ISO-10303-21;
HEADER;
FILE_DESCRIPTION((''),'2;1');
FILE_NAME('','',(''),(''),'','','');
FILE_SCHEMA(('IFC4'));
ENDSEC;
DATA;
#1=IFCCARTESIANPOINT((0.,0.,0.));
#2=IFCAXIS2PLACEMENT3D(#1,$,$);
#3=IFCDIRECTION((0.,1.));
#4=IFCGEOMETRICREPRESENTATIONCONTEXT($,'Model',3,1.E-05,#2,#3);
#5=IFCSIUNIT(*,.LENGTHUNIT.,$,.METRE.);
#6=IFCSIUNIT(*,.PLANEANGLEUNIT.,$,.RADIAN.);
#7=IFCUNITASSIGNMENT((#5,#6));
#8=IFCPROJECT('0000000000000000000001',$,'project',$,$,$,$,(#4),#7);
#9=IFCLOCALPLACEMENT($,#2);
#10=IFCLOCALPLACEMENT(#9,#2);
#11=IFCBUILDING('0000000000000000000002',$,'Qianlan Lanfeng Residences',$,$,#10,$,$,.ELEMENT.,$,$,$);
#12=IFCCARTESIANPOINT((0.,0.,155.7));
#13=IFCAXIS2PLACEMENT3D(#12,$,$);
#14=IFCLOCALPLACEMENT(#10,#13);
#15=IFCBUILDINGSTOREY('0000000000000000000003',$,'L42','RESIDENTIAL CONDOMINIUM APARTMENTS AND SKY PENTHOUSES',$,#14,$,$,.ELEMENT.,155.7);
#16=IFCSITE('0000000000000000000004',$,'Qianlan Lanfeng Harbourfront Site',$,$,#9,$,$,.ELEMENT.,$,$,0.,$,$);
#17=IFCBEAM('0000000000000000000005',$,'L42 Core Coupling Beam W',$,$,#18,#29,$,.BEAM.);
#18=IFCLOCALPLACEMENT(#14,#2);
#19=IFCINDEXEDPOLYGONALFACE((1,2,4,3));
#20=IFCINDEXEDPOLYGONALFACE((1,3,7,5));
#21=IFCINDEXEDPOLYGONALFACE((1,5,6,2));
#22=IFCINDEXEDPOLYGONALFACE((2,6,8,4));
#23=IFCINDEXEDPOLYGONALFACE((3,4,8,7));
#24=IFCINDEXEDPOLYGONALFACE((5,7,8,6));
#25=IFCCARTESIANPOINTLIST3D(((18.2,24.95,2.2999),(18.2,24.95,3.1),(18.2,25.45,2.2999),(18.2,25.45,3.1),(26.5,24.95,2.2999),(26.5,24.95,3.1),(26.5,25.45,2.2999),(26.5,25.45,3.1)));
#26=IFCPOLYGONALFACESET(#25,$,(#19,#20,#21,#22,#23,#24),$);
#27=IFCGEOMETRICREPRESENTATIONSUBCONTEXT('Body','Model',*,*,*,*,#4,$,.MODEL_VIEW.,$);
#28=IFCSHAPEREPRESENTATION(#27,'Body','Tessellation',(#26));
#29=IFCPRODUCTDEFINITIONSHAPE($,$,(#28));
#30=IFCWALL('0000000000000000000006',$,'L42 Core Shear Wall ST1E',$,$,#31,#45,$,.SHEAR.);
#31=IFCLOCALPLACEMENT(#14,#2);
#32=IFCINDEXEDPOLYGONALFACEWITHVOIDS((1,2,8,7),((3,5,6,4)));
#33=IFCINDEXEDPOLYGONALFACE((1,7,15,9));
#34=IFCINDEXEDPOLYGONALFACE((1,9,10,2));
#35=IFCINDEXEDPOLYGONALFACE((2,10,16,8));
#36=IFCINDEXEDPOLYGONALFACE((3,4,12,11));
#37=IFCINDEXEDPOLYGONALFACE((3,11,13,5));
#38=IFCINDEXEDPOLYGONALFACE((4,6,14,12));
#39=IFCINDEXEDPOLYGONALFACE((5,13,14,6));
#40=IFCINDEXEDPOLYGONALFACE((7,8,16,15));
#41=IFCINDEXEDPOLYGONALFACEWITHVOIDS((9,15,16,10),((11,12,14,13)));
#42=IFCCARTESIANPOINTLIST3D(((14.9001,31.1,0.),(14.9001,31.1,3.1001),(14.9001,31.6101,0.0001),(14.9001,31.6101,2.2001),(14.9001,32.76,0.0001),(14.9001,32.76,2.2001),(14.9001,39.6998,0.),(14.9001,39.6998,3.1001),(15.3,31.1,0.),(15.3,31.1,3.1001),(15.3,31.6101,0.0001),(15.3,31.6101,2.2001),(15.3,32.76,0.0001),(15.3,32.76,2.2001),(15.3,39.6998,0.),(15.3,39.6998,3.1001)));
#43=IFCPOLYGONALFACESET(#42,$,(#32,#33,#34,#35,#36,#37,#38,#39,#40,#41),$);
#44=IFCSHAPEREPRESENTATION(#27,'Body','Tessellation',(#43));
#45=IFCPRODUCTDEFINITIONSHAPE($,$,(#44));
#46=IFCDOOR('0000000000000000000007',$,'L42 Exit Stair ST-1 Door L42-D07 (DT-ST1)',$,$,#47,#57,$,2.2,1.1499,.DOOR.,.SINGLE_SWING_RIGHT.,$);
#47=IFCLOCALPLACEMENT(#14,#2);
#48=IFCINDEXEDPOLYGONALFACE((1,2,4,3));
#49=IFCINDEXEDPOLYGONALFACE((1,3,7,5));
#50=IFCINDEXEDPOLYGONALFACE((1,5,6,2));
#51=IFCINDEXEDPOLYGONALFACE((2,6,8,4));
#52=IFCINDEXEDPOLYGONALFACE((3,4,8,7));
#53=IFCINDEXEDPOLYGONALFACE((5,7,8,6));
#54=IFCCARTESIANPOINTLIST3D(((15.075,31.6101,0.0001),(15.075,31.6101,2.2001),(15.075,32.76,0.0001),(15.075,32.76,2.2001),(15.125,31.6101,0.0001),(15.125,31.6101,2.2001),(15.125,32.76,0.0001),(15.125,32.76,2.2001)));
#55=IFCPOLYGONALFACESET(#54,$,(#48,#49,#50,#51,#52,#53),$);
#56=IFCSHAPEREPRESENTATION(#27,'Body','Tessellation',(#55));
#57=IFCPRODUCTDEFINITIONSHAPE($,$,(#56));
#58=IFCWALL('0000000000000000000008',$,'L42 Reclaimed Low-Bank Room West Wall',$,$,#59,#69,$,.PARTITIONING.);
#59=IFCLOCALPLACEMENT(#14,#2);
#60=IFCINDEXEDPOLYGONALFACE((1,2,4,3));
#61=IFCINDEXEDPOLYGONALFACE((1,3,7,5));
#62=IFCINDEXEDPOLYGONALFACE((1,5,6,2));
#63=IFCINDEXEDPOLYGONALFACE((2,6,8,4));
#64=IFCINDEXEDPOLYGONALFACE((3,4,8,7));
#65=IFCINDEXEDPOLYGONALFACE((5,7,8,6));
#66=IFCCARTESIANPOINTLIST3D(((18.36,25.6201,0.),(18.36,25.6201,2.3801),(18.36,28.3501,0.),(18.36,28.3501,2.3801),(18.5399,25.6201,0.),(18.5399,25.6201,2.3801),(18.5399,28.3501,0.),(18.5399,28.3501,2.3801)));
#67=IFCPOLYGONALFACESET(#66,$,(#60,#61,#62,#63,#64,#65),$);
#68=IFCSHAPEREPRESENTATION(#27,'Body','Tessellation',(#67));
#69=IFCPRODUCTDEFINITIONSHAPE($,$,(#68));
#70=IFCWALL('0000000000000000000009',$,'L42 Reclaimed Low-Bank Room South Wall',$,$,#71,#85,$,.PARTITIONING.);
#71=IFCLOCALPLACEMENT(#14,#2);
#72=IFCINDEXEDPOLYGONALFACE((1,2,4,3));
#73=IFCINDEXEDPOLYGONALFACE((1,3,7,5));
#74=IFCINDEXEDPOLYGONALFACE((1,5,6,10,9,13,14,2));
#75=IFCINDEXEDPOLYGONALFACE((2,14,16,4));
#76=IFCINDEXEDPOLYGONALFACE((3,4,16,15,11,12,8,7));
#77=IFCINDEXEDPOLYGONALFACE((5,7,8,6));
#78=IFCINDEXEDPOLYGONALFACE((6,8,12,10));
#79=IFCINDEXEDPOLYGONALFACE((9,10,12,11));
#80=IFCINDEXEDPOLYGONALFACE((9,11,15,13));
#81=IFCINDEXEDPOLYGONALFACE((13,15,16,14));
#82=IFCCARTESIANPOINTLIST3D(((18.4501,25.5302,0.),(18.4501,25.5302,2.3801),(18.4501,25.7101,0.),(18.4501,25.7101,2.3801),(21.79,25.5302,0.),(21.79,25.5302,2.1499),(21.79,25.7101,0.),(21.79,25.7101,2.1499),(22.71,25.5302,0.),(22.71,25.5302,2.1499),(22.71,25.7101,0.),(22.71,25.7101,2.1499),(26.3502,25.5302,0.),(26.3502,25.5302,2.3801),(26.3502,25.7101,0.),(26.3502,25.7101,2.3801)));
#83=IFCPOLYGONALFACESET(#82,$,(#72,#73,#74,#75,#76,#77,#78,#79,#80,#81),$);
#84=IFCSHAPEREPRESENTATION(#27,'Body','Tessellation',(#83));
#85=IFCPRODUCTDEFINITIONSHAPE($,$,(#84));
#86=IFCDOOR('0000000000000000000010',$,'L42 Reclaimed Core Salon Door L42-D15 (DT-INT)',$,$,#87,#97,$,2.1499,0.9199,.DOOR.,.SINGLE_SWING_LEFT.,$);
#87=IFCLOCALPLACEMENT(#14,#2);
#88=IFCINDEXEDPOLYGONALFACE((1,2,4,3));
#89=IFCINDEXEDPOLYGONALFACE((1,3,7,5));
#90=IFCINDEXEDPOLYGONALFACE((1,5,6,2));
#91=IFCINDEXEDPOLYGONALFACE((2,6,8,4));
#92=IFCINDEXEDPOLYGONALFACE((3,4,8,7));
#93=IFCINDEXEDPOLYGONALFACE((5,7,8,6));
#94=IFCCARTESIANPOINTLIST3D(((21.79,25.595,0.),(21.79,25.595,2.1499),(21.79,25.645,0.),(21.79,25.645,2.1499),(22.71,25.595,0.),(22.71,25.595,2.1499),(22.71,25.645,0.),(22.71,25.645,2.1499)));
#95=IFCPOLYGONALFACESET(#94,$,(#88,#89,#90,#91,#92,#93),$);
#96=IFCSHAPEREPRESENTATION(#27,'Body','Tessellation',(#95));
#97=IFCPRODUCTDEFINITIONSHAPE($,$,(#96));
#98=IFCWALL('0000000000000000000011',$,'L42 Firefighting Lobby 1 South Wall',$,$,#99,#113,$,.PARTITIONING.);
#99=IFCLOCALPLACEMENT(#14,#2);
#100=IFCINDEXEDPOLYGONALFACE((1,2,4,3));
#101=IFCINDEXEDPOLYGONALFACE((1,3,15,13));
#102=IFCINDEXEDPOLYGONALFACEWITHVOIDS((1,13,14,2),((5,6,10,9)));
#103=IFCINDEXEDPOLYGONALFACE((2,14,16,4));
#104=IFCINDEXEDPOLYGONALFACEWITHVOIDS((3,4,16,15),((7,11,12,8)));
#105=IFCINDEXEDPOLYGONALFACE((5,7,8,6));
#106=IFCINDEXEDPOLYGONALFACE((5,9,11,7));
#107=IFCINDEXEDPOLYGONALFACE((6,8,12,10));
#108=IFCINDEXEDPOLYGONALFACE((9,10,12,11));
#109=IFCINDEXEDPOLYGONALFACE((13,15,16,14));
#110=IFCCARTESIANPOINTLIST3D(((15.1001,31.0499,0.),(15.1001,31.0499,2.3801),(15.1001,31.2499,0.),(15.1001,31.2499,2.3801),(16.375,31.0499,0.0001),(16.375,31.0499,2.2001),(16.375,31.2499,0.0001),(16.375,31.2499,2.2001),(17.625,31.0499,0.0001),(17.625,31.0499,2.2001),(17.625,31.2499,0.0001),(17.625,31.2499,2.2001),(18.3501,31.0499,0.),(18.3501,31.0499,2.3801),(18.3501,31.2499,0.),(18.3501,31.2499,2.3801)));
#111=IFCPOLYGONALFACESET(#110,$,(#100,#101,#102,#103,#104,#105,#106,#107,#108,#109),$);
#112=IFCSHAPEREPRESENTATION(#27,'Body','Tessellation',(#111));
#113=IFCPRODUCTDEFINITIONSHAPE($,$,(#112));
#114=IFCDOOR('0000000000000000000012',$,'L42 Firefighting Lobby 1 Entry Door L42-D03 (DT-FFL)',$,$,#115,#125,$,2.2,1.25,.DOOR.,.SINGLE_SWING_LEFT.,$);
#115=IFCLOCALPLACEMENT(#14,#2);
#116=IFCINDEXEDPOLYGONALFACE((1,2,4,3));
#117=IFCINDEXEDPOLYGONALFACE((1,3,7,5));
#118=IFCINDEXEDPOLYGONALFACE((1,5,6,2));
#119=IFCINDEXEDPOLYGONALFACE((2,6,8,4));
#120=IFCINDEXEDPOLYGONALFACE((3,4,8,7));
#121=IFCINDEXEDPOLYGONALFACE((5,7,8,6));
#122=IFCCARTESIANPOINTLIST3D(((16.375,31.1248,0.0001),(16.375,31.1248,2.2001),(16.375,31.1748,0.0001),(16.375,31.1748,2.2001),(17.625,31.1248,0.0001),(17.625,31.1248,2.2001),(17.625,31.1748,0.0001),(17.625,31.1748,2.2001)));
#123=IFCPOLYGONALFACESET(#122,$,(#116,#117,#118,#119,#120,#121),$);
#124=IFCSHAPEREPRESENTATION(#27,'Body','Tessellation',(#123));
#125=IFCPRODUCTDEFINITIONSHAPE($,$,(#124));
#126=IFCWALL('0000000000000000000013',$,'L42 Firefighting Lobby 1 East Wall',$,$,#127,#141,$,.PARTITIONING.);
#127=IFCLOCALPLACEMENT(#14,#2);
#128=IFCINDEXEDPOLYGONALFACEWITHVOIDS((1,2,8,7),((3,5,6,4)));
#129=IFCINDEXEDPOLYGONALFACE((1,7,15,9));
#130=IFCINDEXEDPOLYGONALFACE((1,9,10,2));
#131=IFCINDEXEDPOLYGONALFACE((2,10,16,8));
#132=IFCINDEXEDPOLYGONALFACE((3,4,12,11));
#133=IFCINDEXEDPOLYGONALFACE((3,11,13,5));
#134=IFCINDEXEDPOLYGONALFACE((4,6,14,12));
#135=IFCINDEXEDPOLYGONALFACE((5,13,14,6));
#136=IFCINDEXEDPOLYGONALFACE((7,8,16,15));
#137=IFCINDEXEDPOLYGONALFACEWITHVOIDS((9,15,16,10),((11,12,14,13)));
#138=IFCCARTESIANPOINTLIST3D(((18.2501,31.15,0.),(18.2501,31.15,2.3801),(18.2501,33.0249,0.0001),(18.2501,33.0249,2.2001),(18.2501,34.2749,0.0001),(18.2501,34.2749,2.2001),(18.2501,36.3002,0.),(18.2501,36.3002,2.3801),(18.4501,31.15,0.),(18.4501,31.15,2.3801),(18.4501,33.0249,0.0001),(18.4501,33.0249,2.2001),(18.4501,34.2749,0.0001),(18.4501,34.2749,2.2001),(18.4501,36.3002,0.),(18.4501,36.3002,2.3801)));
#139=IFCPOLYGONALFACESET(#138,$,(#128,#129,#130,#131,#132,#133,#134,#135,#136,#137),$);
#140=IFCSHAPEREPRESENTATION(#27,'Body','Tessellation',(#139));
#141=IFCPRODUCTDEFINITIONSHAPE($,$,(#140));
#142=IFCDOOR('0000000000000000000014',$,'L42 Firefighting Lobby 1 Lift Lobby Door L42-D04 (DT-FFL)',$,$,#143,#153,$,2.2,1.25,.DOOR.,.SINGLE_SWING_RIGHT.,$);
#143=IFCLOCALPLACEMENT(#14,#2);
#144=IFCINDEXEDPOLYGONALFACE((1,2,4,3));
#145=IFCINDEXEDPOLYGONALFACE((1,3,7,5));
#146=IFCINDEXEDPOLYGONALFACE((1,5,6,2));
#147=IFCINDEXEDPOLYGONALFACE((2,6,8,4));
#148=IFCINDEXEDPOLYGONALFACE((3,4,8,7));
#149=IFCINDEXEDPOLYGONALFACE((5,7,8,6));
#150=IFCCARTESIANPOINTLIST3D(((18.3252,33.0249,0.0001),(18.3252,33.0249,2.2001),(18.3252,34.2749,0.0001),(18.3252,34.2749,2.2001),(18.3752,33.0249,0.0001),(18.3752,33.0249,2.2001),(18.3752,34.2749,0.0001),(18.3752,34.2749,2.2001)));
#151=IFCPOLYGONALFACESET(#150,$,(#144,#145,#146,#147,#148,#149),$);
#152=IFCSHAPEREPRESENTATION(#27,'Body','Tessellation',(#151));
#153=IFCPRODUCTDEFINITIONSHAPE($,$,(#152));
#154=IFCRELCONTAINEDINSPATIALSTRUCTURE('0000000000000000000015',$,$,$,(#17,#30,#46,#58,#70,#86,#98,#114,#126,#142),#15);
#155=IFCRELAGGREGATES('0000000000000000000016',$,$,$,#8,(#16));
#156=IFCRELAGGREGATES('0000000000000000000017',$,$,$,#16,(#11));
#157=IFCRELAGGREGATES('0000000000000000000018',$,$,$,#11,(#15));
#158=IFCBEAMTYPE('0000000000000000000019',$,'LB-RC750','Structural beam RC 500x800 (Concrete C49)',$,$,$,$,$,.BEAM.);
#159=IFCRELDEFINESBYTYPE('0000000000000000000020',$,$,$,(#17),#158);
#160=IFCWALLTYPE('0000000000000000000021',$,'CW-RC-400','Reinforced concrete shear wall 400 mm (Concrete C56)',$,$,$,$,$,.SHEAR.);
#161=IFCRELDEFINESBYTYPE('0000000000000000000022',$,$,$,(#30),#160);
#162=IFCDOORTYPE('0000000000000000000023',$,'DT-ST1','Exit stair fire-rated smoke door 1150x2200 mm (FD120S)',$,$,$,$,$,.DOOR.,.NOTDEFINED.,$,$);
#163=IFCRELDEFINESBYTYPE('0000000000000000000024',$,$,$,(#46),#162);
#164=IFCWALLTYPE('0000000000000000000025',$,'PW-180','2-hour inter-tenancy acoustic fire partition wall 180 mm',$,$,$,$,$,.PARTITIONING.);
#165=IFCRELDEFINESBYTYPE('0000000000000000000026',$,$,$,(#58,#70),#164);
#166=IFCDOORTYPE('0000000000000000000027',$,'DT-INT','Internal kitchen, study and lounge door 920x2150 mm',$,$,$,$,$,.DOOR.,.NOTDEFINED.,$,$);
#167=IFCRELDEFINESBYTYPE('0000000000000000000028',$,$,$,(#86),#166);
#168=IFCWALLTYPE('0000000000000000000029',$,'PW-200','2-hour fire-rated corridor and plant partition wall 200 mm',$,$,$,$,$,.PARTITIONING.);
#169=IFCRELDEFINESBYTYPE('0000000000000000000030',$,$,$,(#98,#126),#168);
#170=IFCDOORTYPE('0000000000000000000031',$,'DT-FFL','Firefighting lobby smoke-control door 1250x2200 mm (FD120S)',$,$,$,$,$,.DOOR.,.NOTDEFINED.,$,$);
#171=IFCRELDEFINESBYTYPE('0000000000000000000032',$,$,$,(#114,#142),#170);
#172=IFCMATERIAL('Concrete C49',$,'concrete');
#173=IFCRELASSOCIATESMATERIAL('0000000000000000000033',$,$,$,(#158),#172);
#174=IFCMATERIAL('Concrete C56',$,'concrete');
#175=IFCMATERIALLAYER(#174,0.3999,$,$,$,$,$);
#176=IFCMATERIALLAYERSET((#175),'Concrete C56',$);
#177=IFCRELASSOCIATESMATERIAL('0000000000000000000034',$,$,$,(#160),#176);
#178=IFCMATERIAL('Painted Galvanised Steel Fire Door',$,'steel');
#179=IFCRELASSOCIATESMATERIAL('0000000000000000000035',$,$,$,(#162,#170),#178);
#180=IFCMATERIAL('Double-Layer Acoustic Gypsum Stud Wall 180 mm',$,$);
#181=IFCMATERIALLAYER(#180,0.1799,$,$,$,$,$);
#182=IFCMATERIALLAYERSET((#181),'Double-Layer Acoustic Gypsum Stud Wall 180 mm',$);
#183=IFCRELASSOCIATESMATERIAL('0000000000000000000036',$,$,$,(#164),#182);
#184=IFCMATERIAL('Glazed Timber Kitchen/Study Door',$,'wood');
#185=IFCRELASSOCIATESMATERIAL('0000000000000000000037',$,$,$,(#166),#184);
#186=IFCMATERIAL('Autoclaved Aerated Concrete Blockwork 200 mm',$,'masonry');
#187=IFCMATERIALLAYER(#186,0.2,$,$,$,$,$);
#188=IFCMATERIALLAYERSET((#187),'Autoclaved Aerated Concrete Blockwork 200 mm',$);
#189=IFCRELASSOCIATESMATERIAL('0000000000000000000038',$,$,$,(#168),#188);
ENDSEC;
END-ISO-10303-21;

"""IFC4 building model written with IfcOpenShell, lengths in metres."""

from ifc_helpers import new_model, si_unit, direction, frame, frame_2d, origin, origin_2d, place, context, subcontext, project, spatial, rectangle, extrude, material, layer, layer_set, material_profile, profile_set, type_object, element, fill, save


model = new_model("IFC4")

# Units and contexts
model_context = context("Model", 3, precision=1e-05, world=origin(), true_north=direction((0.0, 1.0)))
body_context = subcontext(model_context, "Body", "Model", "MODEL_VIEW")
ifc_project = project(units=[si_unit("LENGTHUNIT", "METRE"), si_unit("PLANEANGLEUNIT", "RADIAN")], contexts=[model_context])

# Site, building, storey
site_placement = place(None, origin())
site = spatial("IfcSite", under=ifc_project, at=site_placement, Name="Qianlan Lanfeng Harbourfront Site", CompositionType="ELEMENT", RefElevation=0.0)
building_placement = place(site_placement, origin())
building = spatial("IfcBuilding", under=site, at=building_placement, Name="Qianlan Lanfeng Residences", CompositionType="ELEMENT")
storey_placement = place(building_placement, frame((0.0, 0.0, 155.7)))
storey = spatial("IfcBuildingStorey", under=building, at=storey_placement, Name="L42", Description="RESIDENTIAL CONDOMINIUM APARTMENTS AND SKY PENTHOUSES", CompositionType="ELEMENT", Elevation=155.7)

# Beam
ifc_material_1 = material(Name="Concrete C49", Category="concrete")
ifc_material_profile = material_profile(ifc_material_1, rectangle(XDim=0.5, YDim=0.8, at=origin_2d()), Name="RC 500x800")
ifc_profile_set = profile_set([ifc_material_profile], Name="Concrete C49")
beam_type = type_object("IfcBeamType", Name="LB-RC750", Description="Structural beam RC 500x800 (Concrete C49)", PredefinedType="BEAM", material=ifc_profile_set)
beam_placement = place(storey_placement, frame((18.2, 25.2, 2.7), z_axis=(1.0, 0.0, 0.0), x_axis=(0.0, 1.0, 0.0)))
element("IfcBeam", 1, at=beam_placement, inside=storey, type_object=beam_type, Name="L42 Core Coupling Beam W", PredefinedType="BEAM", context=body_context, shape_type="SweptSolid", body=[
    extrude(rectangle(XDim=0.5, YDim=0.8, at=origin_2d()), origin(), (0.0, 0.0, 1.0), 8.3),
])

# Wall, opening, door
ifc_material_2 = material(Name="Concrete C56", Category="concrete")
ifc_layer_1 = layer(ifc_material_2, 0.3999)
ifc_layer_set_1 = layer_set([ifc_layer_1], Name="Concrete C56")
wall_type_1 = type_object("IfcWallType", Name="CW-RC-400", Description="Reinforced concrete shear wall 400 mm (Concrete C56)", PredefinedType="SHEAR", material=ifc_layer_set_1)
wall_1_placement = place(storey_placement, frame((15.1001, 31.1001, 0.0), z_axis=(0.0, 0.0, 1.0), x_axis=(0.0, 1.0, 0.0)))
wall_1 = element("IfcWall", 2, at=wall_1_placement, inside=storey, type_object=wall_type_1, Name="L42 Core Shear Wall ST1E", PredefinedType="SHEAR", context=body_context, shape_type="SweptSolid", body=[
    extrude(rectangle(XDim=8.5999, YDim=0.3999, at=frame_2d((4.2998, 0.0))), origin(), (0.0, 0.0, 1.0), 3.1001),
])
opening_1_placement = place(wall_1_placement, frame((0.51, 0.0, 0.0)))
opening_1 = element("IfcOpeningElement", 3, at=opening_1_placement, cuts=wall_1, PredefinedType="OPENING", context=body_context, shape_type="SweptSolid", body=[
    extrude(rectangle(XDim=1.1499, YDim=2.2, at=frame_2d((0.575, 1.1001))), frame((0.0, 0.21, 0.0), z_axis=(0.0, -1.0, 0.0), x_axis=(1.0, 0.0, 0.0)), (0.0, 0.0, 1.0), 0.4199),
])
ifc_material_3 = material(Name="Painted Galvanised Steel Fire Door", Category="steel")
door_type_1 = type_object("IfcDoorType", Name="DT-ST1", Description="Exit stair fire-rated smoke door 1150x2200 mm (FD120S)", OperationType="NOTDEFINED", PredefinedType="DOOR", material=ifc_material_3)
door_1_placement = place(opening_1_placement, frame((1.1499, 0.0, 0.0), z_axis=(0.0, 0.0, 1.0), x_axis=(-1.0, 0.0, 0.0)))
door_1 = element("IfcDoor", 4, at=door_1_placement, inside=storey, type_object=door_type_1, Name="L42 Exit Stair ST-1 Door L42-D07 (DT-ST1)", OperationType="SINGLE_SWING_RIGHT", OverallHeight=2.2, OverallWidth=1.1499, PredefinedType="DOOR", context=body_context, shape_type="SweptSolid", body=[
    extrude(rectangle(XDim=1.1499, YDim=2.2, at=frame_2d((0.575, 1.1001))), frame((0.0, 0.0249, 0.0), z_axis=(0.0, -1.0, 0.0), x_axis=(1.0, 0.0, 0.0)), (0.0, 0.0, 1.0), 0.05),
])
fill(opening_1, door_1)

# Shared definitions
ifc_material_4 = material(Name="Double-Layer Acoustic Gypsum Stud Wall 180 mm")
ifc_layer_2 = layer(ifc_material_4, 0.1799)
ifc_layer_set_2 = layer_set([ifc_layer_2], Name="Double-Layer Acoustic Gypsum Stud Wall 180 mm")
wall_type_2 = type_object("IfcWallType", Name="PW-180", Description="2-hour inter-tenancy acoustic fire partition wall 180 mm", PredefinedType="PARTITIONING", material=ifc_layer_set_2)
ifc_material_5 = material(Name="Glazed Timber Kitchen/Study Door", Category="wood")
door_type_2 = type_object("IfcDoorType", Name="DT-INT", Description="Internal kitchen, study and lounge door 920x2150 mm", OperationType="NOTDEFINED", PredefinedType="DOOR", material=ifc_material_5)

# Wall
wall_2_placement = place(storey_placement, frame((18.45, 25.6201, 0.0), z_axis=(0.0, 0.0, 1.0), x_axis=(0.0, 1.0, 0.0)))
element("IfcWall", 5, at=wall_2_placement, inside=storey, type_object=wall_type_2, Name="L42 Reclaimed Low-Bank Room West Wall", PredefinedType="PARTITIONING", context=body_context, shape_type="SweptSolid", body=[
    extrude(rectangle(XDim=2.73, YDim=0.1799, at=frame_2d((1.365, 0.0))), origin(), (0.0, 0.0, 1.0), 2.3801),
])

# Walls, openings, doors
wall_3_placement = place(storey_placement, frame((18.45, 25.6201, 0.0), z_axis=(0.0, 0.0, 1.0), x_axis=(1.0, 0.0, 0.0)))
wall_3 = element("IfcWall", 6, at=wall_3_placement, inside=storey, type_object=wall_type_2, Name="L42 Reclaimed Low-Bank Room South Wall", PredefinedType="PARTITIONING", context=body_context, shape_type="SweptSolid", body=[
    extrude(rectangle(XDim=7.9001, YDim=0.1799, at=frame_2d((3.9502, 0.0))), origin(), (0.0, 0.0, 1.0), 2.3801),
])
opening_2_placement = place(wall_3_placement, frame((3.3401, 0.0, 0.0)))
opening_2 = element("IfcOpeningElement", 7, at=opening_2_placement, cuts=wall_3, PredefinedType="OPENING", context=body_context, shape_type="SweptSolid", body=[
    extrude(rectangle(XDim=0.9199, YDim=2.1499, at=frame_2d((0.46, 1.075))), frame((0.0, 0.1001, 0.0), z_axis=(0.0, -1.0, 0.0), x_axis=(1.0, 0.0, 0.0)), (0.0, 0.0, 1.0), 0.2),
])
door_2_placement = place(opening_2_placement, origin())
door_2 = element("IfcDoor", 8, at=door_2_placement, inside=storey, type_object=door_type_2, Name="L42 Reclaimed Core Salon Door L42-D15 (DT-INT)", OperationType="SINGLE_SWING_LEFT", OverallHeight=2.1499, OverallWidth=0.9199, PredefinedType="DOOR", context=body_context, shape_type="SweptSolid", body=[
    extrude(rectangle(XDim=0.9199, YDim=2.1499, at=frame_2d((0.46, 1.075))), frame((0.0, 0.0249, 0.0), z_axis=(0.0, -1.0, 0.0), x_axis=(1.0, 0.0, 0.0)), (0.0, 0.0, 1.0), 0.05),
])
fill(opening_2, door_2)
ifc_material_6 = material(Name="Autoclaved Aerated Concrete Blockwork 200 mm", Category="masonry")
ifc_layer_3 = layer(ifc_material_6, 0.2)
ifc_layer_set_3 = layer_set([ifc_layer_3], Name="Autoclaved Aerated Concrete Blockwork 200 mm")
wall_type_3 = type_object("IfcWallType", Name="PW-200", Description="2-hour fire-rated corridor and plant partition wall 200 mm", PredefinedType="PARTITIONING", material=ifc_layer_set_3)
wall_4_placement = place(storey_placement, frame((15.1001, 31.1499, 0.0), z_axis=(0.0, 0.0, 1.0), x_axis=(1.0, 0.0, 0.0)))
wall_4 = element("IfcWall", 9, at=wall_4_placement, inside=storey, type_object=wall_type_3, Name="L42 Firefighting Lobby 1 South Wall", PredefinedType="PARTITIONING", context=body_context, shape_type="SweptSolid", body=[
    extrude(rectangle(XDim=3.25, YDim=0.2, at=frame_2d((1.625, 0.0))), origin(), (0.0, 0.0, 1.0), 2.3801),
])
opening_3_placement = place(wall_4_placement, frame((1.2749, 0.0, 0.0)))
opening_3 = element("IfcOpeningElement", 10, at=opening_3_placement, cuts=wall_4, PredefinedType="OPENING", context=body_context, shape_type="SweptSolid", body=[
    extrude(rectangle(XDim=1.25, YDim=2.2, at=frame_2d((0.625, 1.1001))), frame((0.0, 0.1099, 0.0), z_axis=(0.0, -1.0, 0.0), x_axis=(1.0, 0.0, 0.0)), (0.0, 0.0, 1.0), 0.22),
])
door_type_3 = type_object("IfcDoorType", Name="DT-FFL", Description="Firefighting lobby smoke-control door 1250x2200 mm (FD120S)", OperationType="NOTDEFINED", PredefinedType="DOOR", material=ifc_material_3)
door_3_placement = place(opening_3_placement, origin())
door_3 = element("IfcDoor", 11, at=door_3_placement, inside=storey, type_object=door_type_3, Name="L42 Firefighting Lobby 1 Entry Door L42-D03 (DT-FFL)", OperationType="SINGLE_SWING_LEFT", OverallHeight=2.2, OverallWidth=1.25, PredefinedType="DOOR", context=body_context, shape_type="SweptSolid", body=[
    extrude(rectangle(XDim=1.25, YDim=2.2, at=frame_2d((0.625, 1.1001))), frame((0.0, 0.0249, 0.0), z_axis=(0.0, -1.0, 0.0), x_axis=(1.0, 0.0, 0.0)), (0.0, 0.0, 1.0), 0.05),
])
fill(opening_3, door_3)
wall_5_placement = place(storey_placement, frame((18.3501, 31.1499, 0.0), z_axis=(0.0, 0.0, 1.0), x_axis=(0.0, 1.0, 0.0)))
wall_5 = element("IfcWall", 12, at=wall_5_placement, inside=storey, type_object=wall_type_3, Name="L42 Firefighting Lobby 1 East Wall", PredefinedType="PARTITIONING", context=body_context, shape_type="SweptSolid", body=[
    extrude(rectangle(XDim=5.1501, YDim=0.2, at=frame_2d((2.5752, 0.0))), origin(), (0.0, 0.0, 1.0), 2.3801),
])
opening_4_placement = place(wall_5_placement, frame((1.875, 0.0, 0.0)))
opening_4 = element("IfcOpeningElement", 13, at=opening_4_placement, cuts=wall_5, PredefinedType="OPENING", context=body_context, shape_type="SweptSolid", body=[
    extrude(rectangle(XDim=1.25, YDim=2.2, at=frame_2d((0.625, 1.1001))), frame((0.0, 0.1099, 0.0), z_axis=(0.0, -1.0, 0.0), x_axis=(1.0, 0.0, 0.0)), (0.0, 0.0, 1.0), 0.22),
])
door_4_placement = place(opening_4_placement, origin())
door_4 = element("IfcDoor", 14, at=door_4_placement, inside=storey, type_object=door_type_3, Name="L42 Firefighting Lobby 1 Lift Lobby Door L42-D04 (DT-FFL)", OperationType="SINGLE_SWING_RIGHT", OverallHeight=2.2, OverallWidth=1.25, PredefinedType="DOOR", context=body_context, shape_type="SweptSolid", body=[
    extrude(rectangle(XDim=1.25, YDim=2.2, at=frame_2d((0.625, 1.1001))), frame((0.0, 0.0249, 0.0), z_axis=(0.0, -1.0, 0.0), x_axis=(1.0, 0.0, 0.0)), (0.0, 0.0, 1.0), 0.05),
])
fill(opening_4, door_4)

save(model, "model.ifc")
